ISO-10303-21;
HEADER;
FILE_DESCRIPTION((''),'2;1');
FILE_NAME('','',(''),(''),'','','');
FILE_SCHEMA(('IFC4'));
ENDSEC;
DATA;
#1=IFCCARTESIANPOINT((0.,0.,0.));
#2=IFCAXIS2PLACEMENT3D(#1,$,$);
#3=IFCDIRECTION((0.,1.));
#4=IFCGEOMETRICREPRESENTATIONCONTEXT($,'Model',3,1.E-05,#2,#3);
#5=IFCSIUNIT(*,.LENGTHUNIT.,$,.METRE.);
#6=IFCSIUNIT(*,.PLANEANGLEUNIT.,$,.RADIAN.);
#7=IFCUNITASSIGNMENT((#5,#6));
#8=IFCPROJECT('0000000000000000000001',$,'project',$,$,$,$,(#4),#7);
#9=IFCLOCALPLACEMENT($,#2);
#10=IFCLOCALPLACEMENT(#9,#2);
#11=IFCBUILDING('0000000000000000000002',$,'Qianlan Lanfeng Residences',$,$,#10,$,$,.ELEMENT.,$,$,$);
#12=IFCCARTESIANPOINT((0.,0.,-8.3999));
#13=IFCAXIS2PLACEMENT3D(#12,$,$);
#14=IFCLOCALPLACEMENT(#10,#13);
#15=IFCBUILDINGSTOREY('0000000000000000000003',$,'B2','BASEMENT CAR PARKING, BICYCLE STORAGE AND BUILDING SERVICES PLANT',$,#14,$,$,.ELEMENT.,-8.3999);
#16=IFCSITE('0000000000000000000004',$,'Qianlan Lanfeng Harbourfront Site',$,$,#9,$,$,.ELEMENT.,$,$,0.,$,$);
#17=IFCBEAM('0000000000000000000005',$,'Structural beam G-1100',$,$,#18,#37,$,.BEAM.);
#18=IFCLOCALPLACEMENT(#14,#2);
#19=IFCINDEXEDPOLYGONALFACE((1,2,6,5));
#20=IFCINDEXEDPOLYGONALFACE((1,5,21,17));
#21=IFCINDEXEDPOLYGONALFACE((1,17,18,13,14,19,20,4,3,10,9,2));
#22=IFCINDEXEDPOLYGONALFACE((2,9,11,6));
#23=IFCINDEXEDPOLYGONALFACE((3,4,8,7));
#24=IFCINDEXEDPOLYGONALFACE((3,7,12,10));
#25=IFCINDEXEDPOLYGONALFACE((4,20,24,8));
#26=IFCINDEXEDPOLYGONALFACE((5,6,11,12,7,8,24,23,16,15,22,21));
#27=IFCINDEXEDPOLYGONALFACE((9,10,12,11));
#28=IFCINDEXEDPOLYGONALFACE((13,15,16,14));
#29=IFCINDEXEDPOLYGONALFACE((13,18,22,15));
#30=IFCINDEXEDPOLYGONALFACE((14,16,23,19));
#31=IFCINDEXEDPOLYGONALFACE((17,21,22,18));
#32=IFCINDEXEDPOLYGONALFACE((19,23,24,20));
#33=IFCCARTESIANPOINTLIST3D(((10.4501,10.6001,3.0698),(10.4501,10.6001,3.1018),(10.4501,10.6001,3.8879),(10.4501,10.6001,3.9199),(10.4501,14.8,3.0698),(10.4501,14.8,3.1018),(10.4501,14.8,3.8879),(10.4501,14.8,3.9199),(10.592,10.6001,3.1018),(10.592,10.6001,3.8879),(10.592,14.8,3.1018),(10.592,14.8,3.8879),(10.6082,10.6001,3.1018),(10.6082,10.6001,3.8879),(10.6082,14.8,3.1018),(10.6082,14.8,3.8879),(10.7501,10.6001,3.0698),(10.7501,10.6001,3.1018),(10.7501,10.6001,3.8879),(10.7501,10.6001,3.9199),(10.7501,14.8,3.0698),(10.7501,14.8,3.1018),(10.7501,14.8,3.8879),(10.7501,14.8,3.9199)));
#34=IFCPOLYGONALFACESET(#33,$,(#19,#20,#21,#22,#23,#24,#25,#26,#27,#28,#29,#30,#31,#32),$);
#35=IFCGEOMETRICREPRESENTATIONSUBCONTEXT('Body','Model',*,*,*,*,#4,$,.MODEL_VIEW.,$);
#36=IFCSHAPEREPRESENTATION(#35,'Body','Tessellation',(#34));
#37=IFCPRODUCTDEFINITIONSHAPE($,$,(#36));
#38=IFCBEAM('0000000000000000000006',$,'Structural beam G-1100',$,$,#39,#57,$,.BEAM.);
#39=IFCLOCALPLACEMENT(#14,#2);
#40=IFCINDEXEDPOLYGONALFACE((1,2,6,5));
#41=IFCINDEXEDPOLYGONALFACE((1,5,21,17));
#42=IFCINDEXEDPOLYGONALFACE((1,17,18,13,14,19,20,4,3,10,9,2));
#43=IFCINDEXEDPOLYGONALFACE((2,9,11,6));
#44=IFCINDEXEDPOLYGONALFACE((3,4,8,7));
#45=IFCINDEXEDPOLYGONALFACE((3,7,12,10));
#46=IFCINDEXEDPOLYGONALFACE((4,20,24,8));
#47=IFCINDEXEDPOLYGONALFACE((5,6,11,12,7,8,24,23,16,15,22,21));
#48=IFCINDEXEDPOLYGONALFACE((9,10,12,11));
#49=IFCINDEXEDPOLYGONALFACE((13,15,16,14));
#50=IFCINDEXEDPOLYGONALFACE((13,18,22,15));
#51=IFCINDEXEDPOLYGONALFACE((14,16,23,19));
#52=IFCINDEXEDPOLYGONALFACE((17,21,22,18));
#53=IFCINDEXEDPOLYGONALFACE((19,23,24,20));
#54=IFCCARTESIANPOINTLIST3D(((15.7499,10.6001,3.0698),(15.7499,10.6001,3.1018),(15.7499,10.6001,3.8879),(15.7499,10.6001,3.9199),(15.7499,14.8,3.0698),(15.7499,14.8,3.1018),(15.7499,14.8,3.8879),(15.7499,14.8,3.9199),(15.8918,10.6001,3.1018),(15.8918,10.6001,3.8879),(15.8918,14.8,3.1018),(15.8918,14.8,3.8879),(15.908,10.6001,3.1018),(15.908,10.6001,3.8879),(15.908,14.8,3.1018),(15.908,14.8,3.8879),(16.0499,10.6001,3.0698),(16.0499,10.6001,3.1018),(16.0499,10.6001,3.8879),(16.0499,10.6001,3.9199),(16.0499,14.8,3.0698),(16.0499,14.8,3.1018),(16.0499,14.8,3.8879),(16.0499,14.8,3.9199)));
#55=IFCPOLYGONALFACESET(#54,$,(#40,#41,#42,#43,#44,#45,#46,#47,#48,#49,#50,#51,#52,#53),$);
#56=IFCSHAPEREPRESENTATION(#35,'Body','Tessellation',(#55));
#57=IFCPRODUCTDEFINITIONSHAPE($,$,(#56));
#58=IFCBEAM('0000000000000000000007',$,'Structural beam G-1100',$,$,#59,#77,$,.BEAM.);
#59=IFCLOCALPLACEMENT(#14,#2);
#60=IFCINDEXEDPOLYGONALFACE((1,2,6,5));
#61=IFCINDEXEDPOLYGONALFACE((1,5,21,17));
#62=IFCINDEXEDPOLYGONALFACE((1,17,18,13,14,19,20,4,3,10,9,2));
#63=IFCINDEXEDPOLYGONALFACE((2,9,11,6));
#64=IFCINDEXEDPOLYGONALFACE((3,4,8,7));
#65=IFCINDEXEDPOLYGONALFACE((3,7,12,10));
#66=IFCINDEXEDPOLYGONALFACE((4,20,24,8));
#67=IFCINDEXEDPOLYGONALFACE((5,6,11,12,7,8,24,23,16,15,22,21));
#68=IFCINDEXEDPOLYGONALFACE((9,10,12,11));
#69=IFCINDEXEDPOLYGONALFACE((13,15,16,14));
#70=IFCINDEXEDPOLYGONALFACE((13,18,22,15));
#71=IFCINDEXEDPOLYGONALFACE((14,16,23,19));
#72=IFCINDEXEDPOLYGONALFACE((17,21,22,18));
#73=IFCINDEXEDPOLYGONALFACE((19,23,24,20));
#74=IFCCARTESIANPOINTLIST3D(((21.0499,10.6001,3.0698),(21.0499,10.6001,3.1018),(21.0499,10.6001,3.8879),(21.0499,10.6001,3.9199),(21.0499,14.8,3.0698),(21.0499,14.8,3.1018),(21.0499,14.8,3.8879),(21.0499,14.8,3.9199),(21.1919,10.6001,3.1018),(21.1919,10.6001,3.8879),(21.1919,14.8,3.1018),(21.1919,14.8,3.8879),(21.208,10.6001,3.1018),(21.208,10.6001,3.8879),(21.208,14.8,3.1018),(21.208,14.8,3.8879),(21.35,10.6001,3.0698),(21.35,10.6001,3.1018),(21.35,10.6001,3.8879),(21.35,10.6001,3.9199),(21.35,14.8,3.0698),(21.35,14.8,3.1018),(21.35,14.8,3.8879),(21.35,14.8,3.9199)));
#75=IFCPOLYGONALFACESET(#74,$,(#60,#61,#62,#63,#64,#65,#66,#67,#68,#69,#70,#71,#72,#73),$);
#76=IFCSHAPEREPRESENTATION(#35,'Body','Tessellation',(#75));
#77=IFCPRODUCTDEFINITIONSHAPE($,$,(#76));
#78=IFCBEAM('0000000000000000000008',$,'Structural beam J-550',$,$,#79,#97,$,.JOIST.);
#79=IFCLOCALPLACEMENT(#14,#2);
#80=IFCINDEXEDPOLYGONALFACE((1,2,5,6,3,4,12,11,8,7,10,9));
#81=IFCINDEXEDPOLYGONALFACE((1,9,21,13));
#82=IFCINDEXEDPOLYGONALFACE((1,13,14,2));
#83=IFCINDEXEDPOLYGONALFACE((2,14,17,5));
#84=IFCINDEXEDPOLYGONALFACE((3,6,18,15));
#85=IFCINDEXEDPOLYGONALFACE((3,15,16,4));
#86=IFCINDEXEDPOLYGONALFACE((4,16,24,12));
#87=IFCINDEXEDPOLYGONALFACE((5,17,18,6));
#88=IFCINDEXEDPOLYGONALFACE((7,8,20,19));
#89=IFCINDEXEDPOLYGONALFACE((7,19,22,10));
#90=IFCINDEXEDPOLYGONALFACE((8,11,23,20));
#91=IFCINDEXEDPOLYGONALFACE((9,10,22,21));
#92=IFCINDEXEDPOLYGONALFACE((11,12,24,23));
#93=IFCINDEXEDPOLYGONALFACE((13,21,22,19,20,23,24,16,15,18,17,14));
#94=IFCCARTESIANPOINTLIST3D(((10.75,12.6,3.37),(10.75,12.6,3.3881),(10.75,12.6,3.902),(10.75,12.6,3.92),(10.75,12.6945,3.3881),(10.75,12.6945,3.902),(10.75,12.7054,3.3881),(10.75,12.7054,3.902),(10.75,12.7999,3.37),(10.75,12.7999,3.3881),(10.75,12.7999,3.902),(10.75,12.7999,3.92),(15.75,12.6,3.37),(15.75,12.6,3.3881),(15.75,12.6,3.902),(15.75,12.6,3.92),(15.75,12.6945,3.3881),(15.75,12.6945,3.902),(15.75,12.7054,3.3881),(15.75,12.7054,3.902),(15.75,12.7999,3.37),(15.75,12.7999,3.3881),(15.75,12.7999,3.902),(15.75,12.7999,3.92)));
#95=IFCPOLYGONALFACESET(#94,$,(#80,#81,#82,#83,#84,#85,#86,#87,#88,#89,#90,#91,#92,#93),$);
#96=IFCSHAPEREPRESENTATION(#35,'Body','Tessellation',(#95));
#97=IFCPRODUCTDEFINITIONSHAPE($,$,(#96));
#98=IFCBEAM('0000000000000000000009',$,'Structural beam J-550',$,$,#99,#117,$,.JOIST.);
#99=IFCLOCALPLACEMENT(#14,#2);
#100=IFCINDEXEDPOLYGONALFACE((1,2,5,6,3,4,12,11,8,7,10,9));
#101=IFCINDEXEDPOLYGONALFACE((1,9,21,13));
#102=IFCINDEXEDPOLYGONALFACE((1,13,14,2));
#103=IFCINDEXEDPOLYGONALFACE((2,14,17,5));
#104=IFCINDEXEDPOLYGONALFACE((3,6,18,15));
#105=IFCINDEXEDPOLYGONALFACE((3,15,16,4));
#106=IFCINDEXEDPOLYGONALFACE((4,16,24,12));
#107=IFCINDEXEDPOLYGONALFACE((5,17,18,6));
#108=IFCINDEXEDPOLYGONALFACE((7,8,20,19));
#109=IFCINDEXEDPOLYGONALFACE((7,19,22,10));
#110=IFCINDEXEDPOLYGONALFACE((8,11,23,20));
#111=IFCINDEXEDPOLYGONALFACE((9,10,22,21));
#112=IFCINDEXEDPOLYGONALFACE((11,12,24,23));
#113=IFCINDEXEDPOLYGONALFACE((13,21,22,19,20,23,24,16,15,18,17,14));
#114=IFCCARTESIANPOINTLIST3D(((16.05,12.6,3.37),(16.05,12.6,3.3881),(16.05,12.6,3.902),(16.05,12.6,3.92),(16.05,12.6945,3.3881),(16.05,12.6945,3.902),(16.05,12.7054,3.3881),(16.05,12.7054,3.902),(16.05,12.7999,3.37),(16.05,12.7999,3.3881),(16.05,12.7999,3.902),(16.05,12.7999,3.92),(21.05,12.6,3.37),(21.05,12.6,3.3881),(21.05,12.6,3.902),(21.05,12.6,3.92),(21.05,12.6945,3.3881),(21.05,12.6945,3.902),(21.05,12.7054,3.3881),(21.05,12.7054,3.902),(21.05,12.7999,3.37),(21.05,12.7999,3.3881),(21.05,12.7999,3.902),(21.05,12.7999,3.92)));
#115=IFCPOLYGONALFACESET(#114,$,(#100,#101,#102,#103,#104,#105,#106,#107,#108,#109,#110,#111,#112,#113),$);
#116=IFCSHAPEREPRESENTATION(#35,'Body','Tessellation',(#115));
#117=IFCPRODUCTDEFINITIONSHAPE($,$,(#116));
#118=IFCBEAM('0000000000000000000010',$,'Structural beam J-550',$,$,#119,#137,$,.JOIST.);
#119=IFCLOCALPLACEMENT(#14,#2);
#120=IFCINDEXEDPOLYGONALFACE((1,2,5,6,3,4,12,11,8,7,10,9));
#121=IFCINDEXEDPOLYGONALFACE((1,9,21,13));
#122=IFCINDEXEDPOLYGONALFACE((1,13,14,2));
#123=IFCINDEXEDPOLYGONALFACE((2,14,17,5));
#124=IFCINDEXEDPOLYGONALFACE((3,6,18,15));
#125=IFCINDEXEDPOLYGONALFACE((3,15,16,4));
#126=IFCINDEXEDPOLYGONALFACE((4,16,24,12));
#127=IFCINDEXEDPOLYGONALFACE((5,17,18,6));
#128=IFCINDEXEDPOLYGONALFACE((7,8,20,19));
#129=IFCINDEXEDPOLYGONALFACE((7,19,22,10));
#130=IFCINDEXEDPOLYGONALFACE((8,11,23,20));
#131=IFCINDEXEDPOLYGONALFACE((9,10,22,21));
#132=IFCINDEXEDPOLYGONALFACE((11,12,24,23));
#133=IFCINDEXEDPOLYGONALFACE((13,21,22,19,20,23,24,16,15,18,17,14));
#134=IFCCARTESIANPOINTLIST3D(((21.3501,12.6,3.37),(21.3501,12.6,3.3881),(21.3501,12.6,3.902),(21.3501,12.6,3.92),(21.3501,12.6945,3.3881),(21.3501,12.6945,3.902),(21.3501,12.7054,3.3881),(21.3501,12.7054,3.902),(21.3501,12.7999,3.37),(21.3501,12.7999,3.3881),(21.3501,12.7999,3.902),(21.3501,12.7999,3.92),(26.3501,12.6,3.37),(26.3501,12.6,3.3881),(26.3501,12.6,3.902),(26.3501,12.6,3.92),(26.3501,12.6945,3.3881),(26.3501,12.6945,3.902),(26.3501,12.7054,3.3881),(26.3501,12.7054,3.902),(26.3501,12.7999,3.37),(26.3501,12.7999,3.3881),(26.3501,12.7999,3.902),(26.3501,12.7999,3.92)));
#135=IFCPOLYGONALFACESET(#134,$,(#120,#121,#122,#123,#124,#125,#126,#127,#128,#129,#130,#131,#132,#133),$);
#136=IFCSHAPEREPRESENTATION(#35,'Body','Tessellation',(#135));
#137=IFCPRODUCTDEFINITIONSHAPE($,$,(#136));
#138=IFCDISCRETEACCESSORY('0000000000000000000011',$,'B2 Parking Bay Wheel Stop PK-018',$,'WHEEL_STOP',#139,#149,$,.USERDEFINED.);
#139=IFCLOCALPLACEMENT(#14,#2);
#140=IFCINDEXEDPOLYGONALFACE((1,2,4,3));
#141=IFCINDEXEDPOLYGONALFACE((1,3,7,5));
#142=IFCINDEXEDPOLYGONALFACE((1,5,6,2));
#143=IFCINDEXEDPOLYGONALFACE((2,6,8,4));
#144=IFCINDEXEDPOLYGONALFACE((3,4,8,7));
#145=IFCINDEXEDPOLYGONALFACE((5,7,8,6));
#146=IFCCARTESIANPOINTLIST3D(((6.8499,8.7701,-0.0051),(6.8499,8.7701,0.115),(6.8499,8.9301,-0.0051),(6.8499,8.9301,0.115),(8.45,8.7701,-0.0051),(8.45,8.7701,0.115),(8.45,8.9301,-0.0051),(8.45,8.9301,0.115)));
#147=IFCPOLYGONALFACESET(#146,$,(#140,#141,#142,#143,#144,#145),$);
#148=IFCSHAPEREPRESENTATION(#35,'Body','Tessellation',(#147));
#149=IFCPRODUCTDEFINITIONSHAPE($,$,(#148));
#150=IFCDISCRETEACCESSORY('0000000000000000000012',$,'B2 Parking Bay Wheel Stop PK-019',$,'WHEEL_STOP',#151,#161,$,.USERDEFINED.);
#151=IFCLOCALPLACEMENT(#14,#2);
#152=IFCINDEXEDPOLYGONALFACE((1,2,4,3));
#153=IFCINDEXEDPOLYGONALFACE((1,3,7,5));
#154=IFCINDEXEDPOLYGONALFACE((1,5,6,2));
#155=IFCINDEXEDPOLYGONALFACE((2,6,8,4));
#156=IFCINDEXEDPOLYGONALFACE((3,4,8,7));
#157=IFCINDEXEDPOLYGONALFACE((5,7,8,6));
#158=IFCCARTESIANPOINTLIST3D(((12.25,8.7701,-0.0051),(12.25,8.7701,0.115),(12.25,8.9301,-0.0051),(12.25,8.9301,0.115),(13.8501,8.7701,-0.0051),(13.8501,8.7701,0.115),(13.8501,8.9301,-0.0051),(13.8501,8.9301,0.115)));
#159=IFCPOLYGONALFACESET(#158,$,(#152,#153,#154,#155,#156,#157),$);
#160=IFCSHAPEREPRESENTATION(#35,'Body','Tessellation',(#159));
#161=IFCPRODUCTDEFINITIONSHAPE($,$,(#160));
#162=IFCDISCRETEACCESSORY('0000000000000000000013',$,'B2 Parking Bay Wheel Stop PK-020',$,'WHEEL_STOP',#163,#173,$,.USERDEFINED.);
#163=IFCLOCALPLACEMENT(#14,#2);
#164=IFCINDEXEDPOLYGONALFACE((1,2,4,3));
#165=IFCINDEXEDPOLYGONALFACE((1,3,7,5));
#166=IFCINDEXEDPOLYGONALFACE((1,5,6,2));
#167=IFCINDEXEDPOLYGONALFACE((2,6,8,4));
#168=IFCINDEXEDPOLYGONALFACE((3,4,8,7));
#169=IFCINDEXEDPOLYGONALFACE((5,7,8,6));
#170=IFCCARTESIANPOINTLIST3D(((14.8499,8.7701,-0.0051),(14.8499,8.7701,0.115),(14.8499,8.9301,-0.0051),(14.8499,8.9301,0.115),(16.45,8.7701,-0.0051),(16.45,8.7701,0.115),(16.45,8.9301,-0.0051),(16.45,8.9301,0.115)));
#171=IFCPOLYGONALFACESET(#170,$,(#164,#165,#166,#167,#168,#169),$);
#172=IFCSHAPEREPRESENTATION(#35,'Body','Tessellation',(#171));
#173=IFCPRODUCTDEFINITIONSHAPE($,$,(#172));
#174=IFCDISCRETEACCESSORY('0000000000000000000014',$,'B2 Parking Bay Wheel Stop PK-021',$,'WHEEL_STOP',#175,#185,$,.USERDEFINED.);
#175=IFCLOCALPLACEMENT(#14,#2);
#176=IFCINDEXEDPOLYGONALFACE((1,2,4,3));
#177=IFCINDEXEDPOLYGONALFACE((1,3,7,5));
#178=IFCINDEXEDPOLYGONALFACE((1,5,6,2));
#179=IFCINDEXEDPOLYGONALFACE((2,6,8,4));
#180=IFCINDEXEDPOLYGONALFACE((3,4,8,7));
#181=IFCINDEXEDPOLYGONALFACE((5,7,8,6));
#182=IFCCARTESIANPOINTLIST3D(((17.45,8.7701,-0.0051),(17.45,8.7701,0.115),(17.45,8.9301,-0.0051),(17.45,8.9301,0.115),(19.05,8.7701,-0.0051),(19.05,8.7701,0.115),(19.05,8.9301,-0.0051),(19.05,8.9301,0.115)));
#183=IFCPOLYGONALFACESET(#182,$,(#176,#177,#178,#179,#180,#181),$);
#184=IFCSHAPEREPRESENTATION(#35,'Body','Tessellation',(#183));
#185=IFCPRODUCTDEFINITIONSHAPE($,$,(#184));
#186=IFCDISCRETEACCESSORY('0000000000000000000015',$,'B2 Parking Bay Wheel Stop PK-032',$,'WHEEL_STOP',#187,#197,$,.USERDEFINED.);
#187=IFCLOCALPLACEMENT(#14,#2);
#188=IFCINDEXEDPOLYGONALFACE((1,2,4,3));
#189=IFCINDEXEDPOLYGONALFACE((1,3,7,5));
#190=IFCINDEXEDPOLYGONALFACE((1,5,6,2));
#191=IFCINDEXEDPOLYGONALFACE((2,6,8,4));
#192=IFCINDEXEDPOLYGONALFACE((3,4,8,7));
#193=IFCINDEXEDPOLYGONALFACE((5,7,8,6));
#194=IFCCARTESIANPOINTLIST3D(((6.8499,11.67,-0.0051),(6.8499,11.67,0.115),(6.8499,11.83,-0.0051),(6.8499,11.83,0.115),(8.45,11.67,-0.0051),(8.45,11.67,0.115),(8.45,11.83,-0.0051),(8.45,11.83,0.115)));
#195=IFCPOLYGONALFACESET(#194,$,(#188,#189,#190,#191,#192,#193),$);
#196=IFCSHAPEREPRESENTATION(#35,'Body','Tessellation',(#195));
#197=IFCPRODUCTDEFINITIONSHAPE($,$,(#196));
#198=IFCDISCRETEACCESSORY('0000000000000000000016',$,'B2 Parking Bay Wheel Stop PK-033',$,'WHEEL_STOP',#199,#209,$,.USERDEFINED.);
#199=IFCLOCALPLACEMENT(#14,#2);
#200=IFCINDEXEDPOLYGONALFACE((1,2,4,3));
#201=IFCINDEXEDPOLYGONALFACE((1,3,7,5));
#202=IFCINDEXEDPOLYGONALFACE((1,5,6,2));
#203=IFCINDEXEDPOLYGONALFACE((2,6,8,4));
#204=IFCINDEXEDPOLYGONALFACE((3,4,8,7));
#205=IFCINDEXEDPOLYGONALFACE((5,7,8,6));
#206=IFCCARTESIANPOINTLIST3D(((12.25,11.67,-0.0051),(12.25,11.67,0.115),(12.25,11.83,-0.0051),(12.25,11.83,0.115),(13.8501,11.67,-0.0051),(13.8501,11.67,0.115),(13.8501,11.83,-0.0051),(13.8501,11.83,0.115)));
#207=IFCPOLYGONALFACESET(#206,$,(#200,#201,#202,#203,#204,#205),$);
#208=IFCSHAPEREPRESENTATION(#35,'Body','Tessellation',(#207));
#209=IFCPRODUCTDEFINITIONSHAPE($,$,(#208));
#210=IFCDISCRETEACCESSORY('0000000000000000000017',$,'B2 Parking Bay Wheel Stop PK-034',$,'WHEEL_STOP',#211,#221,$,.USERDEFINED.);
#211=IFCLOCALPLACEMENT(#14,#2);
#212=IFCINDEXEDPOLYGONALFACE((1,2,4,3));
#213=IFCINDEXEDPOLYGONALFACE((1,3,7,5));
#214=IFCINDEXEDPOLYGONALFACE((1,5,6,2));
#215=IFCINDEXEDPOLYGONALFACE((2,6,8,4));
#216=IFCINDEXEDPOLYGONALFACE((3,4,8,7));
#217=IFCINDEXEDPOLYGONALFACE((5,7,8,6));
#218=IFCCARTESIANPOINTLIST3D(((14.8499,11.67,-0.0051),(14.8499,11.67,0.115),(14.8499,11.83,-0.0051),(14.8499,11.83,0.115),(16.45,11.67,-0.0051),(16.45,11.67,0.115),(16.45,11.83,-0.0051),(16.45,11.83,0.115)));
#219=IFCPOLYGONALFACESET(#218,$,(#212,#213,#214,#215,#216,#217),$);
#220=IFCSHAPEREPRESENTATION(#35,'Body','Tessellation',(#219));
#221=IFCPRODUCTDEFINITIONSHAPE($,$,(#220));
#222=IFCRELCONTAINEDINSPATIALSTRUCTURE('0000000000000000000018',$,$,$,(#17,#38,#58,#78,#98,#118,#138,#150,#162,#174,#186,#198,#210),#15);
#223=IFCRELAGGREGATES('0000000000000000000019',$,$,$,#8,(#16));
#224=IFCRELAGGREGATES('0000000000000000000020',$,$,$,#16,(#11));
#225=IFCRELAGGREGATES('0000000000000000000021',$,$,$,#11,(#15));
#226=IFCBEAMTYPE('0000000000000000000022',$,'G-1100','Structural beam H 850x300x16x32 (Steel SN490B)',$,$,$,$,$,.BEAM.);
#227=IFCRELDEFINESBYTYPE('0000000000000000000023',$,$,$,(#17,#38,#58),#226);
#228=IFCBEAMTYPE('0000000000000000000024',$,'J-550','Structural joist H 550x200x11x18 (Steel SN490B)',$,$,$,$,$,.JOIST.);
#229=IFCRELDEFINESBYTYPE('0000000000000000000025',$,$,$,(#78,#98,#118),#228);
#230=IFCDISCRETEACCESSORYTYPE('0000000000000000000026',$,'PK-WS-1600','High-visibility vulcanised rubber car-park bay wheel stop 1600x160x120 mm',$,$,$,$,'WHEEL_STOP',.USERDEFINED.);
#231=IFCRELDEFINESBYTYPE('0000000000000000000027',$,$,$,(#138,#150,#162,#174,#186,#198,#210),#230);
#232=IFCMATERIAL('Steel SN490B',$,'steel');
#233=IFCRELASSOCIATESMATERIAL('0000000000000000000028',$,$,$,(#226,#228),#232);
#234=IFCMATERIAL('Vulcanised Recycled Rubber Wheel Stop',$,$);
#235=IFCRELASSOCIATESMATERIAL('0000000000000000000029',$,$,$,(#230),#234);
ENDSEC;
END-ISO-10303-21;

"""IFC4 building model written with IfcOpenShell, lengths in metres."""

from ifc_helpers import new_model, si_unit, direction, frame, origin, origin_2d, place, context, subcontext, project, spatial, rectangle, i_section, extrude, source, transform, mapped, material, material_profile, profile_set, type_object, element, save


model = new_model("IFC4")

# Units and contexts
model_context = context("Model", 3, precision=1e-05, world=origin(), true_north=direction((0.0, 1.0)))
body_context = subcontext(model_context, "Body", "Model", "MODEL_VIEW")
ifc_project = project(units=[si_unit("LENGTHUNIT", "METRE"), si_unit("PLANEANGLEUNIT", "RADIAN")], contexts=[model_context])

# Site, building, storey
site_placement = place(None, origin())
site = spatial("IfcSite", under=ifc_project, at=site_placement, Name="Qianlan Lanfeng Harbourfront Site", CompositionType="ELEMENT", RefElevation=0.0)
building_placement = place(site_placement, origin())
building = spatial("IfcBuilding", under=site, at=building_placement, Name="Qianlan Lanfeng Residences", CompositionType="ELEMENT")
storey_placement = place(building_placement, frame((0.0, 0.0, -8.3999)))
storey = spatial("IfcBuildingStorey", under=building, at=storey_placement, Name="B2", Description="BASEMENT CAR PARKING, BICYCLE STORAGE AND BUILDING SERVICES PLANT", CompositionType="ELEMENT", Elevation=-8.3999)

# Beams
ifc_material_1 = material(Name="Steel SN490B", Category="steel")
ifc_material_profile_1 = material_profile(ifc_material_1, i_section(OverallWidth=0.3, OverallDepth=0.8501, WebThickness=0.0161, FlangeThickness=0.032, at=origin_2d()), Name="H 850x300x16x32")
ifc_profile_set_1 = profile_set([ifc_material_profile_1], Name="Steel SN490B")
beam_type_1 = type_object("IfcBeamType", Name="G-1100", Description="Structural beam H 850x300x16x32 (Steel SN490B)", PredefinedType="BEAM", material=ifc_profile_set_1)
for number, where, z_axis, x_axis, name in (
    (1, (10.6001, 10.6001, 3.4949), (0.0, 1.0, 0.0), (-1.0, 0.0, 0.0), "Structural beam G-1100"),
    (2, (15.8999, 10.6001, 3.4949), (0.0, 1.0, 0.0), (-1.0, 0.0, 0.0), "Structural beam G-1100"),
    (3, (21.2, 10.6001, 3.4949), (0.0, 1.0, 0.0), (-1.0, 0.0, 0.0), "Structural beam G-1100"),
):
    element("IfcBeam", number, at=place(storey_placement, frame(where, z_axis=z_axis, x_axis=x_axis)), inside=storey, type_object=beam_type_1, Name=name, PredefinedType="BEAM", context=body_context, shape_type="SweptSolid", body=[
        extrude(i_section(OverallWidth=0.3, OverallDepth=0.8501, WebThickness=0.0161, FlangeThickness=0.032, at=origin_2d()), origin(), (0.0, 0.0, 1.0), 4.2),
    ])
ifc_material_profile_2 = material_profile(ifc_material_1, i_section(OverallWidth=0.2, OverallDepth=0.55, WebThickness=0.011, FlangeThickness=0.0181, at=origin_2d()), Name="H 550x200x11x18")
ifc_profile_set_2 = profile_set([ifc_material_profile_2], Name="Steel SN490B")
beam_type_2 = type_object("IfcBeamType", Name="J-550", Description="Structural joist H 550x200x11x18 (Steel SN490B)", PredefinedType="JOIST", material=ifc_profile_set_2)
for number, where, z_axis, x_axis, name in (
    (4, (10.75, 12.7, 3.645), (1.0, 0.0, 0.0), (0.0, 1.0, 0.0), "Structural beam J-550"),
    (5, (16.05, 12.7, 3.645), (1.0, 0.0, 0.0), (0.0, 1.0, 0.0), "Structural beam J-550"),
    (6, (21.3501, 12.7, 3.645), (1.0, 0.0, 0.0), (0.0, 1.0, 0.0), "Structural beam J-550"),
):
    element("IfcBeam", number, at=place(storey_placement, frame(where, z_axis=z_axis, x_axis=x_axis)), inside=storey, type_object=beam_type_2, Name=name, PredefinedType="JOIST", context=body_context, shape_type="SweptSolid", body=[
        extrude(i_section(OverallWidth=0.2, OverallDepth=0.55, WebThickness=0.011, FlangeThickness=0.0181, at=origin_2d()), origin(), (0.0, 0.0, 1.0), 5.0),
    ])

# Discrete accessories
ifc_material_2 = material(Name="Vulcanised Recycled Rubber Wheel Stop")
discrete_accessory_type = type_object("IfcDiscreteAccessoryType", Name="PK-WS-1600", Description="High-visibility vulcanised rubber car-park bay wheel stop 1600x160x120 mm", ElementType="WHEEL_STOP", PredefinedType="USERDEFINED", material=ifc_material_2)
shared_shape = source(origin(), body_context, "Body", "SweptSolid", [
    extrude(rectangle(XDim=1.6001, YDim=0.1599, at=origin_2d()), origin(), (0.0, 0.0, 1.0), 0.1201),
])
for number, where, z_axis, x_axis, name in (
    (7, (7.6499, 8.8501, -0.0051), (0.0, 0.0, 1.0), (1.0, 0.0, 0.0), "B2 Parking Bay Wheel Stop PK-018"),
    (8, (13.05, 8.8501, -0.0051), (0.0, 0.0, 1.0), (1.0, 0.0, 0.0), "B2 Parking Bay Wheel Stop PK-019"),
    (9, (15.6499, 8.8501, -0.0051), (0.0, 0.0, 1.0), (1.0, 0.0, 0.0), "B2 Parking Bay Wheel Stop PK-020"),
    (10, (18.25, 8.8501, -0.0051), (0.0, 0.0, 1.0), (1.0, 0.0, 0.0), "B2 Parking Bay Wheel Stop PK-021"),
    (11, (7.6499, 11.75, -0.0051), (0.0, 0.0, 1.0), (1.0, 0.0, 0.0), "B2 Parking Bay Wheel Stop PK-032"),
    (12, (13.05, 11.75, -0.0051), (0.0, 0.0, 1.0), (1.0, 0.0, 0.0), "B2 Parking Bay Wheel Stop PK-033"),
    (13, (15.6499, 11.75, -0.0051), (0.0, 0.0, 1.0), (1.0, 0.0, 0.0), "B2 Parking Bay Wheel Stop PK-034"),
):
    element("IfcDiscreteAccessory", number, at=place(storey_placement, frame(where, z_axis=z_axis, x_axis=x_axis)), inside=storey, type_object=discrete_accessory_type, Name=name, ObjectType="WHEEL_STOP", PredefinedType="USERDEFINED", context=body_context, shape_type="MappedRepresentation", body=[
        mapped(shared_shape, transform((0.0, 0.0, 0.0), scale=1.0)),
    ])

save(model, "model.ifc")
